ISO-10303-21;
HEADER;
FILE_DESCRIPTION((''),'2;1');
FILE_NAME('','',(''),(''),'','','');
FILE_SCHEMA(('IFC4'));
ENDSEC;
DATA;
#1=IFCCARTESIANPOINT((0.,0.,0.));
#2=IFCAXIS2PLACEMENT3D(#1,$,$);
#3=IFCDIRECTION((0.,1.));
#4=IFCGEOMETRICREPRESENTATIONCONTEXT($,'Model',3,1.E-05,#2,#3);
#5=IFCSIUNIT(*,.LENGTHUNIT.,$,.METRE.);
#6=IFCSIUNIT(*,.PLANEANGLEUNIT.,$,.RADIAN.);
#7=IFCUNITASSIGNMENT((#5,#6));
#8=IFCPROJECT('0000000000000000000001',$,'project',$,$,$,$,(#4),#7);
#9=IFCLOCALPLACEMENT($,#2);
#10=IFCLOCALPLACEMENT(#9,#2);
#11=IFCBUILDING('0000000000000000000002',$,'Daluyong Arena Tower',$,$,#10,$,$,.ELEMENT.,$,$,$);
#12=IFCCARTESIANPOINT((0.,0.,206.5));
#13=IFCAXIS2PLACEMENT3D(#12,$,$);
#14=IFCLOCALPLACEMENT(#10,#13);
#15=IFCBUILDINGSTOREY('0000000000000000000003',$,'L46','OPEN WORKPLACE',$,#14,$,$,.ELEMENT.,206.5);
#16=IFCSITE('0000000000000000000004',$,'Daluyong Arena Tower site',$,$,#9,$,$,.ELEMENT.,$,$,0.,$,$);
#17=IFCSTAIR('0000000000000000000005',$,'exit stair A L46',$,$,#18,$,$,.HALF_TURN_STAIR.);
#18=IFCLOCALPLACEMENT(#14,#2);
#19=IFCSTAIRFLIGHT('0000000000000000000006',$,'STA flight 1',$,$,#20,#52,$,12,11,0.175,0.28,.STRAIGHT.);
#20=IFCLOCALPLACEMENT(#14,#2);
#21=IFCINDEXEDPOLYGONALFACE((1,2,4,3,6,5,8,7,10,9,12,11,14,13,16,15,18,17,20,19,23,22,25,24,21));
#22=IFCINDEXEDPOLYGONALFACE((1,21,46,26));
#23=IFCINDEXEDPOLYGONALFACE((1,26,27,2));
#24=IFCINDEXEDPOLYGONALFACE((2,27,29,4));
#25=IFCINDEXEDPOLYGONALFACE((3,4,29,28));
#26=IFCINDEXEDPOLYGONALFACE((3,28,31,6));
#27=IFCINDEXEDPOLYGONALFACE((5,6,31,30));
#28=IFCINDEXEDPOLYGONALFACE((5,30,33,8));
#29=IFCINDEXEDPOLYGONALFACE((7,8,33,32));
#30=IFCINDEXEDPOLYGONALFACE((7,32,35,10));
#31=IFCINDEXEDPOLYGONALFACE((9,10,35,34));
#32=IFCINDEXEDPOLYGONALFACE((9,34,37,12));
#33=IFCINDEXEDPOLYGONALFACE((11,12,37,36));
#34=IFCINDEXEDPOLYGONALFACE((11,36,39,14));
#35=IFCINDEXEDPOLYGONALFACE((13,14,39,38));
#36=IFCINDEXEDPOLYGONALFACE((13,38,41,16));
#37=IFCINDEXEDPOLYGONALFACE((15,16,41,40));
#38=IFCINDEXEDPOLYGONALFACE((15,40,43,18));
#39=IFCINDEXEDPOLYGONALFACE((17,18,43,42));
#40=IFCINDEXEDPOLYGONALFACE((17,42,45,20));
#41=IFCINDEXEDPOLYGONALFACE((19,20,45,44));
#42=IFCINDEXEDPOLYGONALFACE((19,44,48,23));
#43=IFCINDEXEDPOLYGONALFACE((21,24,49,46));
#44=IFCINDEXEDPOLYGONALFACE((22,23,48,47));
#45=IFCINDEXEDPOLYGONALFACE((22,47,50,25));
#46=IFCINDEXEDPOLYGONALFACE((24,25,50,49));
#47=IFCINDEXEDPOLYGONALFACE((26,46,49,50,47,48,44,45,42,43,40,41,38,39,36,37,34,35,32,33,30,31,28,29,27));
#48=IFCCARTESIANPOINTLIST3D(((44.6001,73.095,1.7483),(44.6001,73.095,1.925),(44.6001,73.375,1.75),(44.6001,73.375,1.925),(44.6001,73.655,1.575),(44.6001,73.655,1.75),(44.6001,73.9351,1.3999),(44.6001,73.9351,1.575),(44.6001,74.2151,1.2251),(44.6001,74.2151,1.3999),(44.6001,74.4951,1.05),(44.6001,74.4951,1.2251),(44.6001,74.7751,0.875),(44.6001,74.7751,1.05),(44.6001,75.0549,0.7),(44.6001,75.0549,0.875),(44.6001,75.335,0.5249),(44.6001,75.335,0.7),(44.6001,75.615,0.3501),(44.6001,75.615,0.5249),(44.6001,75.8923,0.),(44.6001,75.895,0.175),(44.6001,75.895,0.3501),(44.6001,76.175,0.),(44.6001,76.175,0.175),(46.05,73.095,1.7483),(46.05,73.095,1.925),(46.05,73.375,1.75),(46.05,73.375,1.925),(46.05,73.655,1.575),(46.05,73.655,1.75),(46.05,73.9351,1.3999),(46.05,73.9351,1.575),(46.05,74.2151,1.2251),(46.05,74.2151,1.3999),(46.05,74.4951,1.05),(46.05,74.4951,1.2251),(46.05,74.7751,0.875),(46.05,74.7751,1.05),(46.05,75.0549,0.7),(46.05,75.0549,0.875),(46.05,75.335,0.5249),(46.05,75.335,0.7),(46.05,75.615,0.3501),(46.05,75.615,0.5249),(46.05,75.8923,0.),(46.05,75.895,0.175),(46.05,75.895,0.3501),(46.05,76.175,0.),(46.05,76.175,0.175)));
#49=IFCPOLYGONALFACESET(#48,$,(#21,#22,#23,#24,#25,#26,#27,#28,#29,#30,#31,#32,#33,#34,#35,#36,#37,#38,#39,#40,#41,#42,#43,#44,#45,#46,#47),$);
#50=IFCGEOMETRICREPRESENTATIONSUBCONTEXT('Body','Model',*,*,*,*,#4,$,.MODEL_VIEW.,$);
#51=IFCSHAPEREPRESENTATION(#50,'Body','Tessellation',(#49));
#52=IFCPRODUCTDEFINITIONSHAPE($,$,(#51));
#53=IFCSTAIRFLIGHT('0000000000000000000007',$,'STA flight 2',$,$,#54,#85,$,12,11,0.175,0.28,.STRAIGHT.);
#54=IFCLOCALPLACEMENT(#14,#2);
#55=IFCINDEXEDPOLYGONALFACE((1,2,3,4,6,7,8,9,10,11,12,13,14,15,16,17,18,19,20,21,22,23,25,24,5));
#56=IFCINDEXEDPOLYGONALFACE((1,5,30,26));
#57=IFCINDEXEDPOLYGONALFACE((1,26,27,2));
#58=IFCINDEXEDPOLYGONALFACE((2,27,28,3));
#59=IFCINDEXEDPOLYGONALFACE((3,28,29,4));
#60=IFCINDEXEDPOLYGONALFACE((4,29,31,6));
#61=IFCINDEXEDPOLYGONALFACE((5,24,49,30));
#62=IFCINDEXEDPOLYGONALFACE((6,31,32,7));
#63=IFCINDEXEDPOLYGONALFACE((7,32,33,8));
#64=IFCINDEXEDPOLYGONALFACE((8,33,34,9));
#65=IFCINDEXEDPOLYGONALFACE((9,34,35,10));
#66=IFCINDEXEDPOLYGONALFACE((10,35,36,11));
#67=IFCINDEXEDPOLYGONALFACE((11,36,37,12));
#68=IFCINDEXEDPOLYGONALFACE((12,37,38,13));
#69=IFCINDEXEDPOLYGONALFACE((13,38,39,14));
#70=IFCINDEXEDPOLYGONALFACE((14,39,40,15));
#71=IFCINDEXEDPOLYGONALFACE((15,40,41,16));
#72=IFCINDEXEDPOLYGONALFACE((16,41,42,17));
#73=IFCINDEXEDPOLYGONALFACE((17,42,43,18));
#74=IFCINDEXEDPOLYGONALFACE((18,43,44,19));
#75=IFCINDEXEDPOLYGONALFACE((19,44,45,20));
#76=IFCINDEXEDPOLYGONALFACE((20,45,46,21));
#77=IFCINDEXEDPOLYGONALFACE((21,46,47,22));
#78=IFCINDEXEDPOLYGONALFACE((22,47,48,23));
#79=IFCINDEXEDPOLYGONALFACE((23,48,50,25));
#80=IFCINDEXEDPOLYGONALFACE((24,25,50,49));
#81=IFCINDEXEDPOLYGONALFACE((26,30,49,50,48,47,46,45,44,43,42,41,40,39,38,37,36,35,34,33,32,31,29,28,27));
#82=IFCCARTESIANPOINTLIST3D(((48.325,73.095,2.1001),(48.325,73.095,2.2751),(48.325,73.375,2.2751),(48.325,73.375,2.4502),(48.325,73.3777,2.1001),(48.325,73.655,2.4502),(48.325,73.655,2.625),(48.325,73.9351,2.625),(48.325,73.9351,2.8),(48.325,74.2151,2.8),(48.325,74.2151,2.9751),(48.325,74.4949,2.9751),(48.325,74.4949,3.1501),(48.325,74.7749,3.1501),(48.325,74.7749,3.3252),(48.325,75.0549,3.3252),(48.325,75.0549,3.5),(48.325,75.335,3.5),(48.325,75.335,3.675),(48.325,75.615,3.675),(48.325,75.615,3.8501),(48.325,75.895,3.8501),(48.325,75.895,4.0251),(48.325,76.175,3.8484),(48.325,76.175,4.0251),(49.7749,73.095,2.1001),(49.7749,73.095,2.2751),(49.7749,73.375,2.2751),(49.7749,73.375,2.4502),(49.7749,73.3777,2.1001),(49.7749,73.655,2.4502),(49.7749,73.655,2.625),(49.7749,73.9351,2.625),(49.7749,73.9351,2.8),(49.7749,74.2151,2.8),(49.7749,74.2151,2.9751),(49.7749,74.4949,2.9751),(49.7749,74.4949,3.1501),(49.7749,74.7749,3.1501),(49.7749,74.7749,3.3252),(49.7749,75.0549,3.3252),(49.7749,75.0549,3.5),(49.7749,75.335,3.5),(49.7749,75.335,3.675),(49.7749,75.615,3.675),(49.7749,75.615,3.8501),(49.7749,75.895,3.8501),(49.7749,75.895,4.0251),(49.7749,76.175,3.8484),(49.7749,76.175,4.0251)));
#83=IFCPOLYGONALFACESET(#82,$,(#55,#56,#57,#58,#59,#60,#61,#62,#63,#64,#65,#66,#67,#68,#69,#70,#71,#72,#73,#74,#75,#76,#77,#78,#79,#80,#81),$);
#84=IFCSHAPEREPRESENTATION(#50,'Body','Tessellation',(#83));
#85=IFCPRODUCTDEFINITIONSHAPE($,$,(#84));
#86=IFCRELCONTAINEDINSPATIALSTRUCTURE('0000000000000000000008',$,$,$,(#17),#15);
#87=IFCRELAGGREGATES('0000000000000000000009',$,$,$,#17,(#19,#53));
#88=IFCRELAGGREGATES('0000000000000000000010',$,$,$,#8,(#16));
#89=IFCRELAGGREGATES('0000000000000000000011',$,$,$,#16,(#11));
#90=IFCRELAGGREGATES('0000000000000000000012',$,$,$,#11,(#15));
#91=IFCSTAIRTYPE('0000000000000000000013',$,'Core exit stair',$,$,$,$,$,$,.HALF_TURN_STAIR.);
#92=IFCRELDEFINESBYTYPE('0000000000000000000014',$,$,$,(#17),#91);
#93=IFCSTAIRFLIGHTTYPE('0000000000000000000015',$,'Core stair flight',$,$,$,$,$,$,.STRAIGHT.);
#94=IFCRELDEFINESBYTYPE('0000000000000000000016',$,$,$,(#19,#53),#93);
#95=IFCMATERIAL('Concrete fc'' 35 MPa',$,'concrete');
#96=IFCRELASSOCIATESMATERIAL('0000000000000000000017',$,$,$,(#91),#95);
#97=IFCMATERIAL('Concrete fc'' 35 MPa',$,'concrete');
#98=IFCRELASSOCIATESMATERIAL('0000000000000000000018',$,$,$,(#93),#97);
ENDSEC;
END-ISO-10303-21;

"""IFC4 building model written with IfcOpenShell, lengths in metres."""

from ifc_helpers import new_model, si_unit, direction, frame, origin, place, context, subcontext, project, spatial, polyline, outline, extrude, material, type_object, element, aggregate, save


model = new_model("IFC4")

# Units and contexts
model_context = context("Model", 3, precision=1e-05, world=origin(), true_north=direction((0.0, 1.0)))
body_context = subcontext(model_context, "Body", "Model", "MODEL_VIEW")
ifc_project = project(units=[si_unit("LENGTHUNIT", "METRE"), si_unit("PLANEANGLEUNIT", "RADIAN")], contexts=[model_context])

# Site, building, storey
site_placement = place(None, origin())
site = spatial("IfcSite", under=ifc_project, at=site_placement, Name="Daluyong Arena Tower site", CompositionType="ELEMENT", RefElevation=0.0)
building_placement = place(site_placement, origin())
building = spatial("IfcBuilding", under=site, at=building_placement, Name="Daluyong Arena Tower", CompositionType="ELEMENT")
storey_placement = place(building_placement, frame((0.0, 0.0, 206.5)))
storey = spatial("IfcBuildingStorey", under=building, at=storey_placement, Name="L46", Description="OPEN WORKPLACE", CompositionType="ELEMENT", Elevation=206.5)

# Stair, stair flights
ifc_material_1 = material(Name="Concrete fc' 35 MPa", Category="concrete")
stair_type = type_object("IfcStairType", Name="Core exit stair", PredefinedType="HALF_TURN_STAIR", material=ifc_material_1)
stair_placement = place(storey_placement, origin())
stair = element("IfcStair", 1, at=stair_placement, inside=storey, type_object=stair_type, Name="exit stair A L46", PredefinedType="HALF_TURN_STAIR")
ifc_material_2 = material(Name="Concrete fc' 35 MPa", Category="concrete")
stair_flight_type = type_object("IfcStairFlightType", Name="Core stair flight", PredefinedType="STRAIGHT", material=ifc_material_2)
stair_flight_1_placement = place(storey_placement, frame((45.325, 76.175, 0.0), z_axis=(0.0, 0.0, 1.0), x_axis=(0.0, -1.0, 0.0)))
stair_flight_1 = element("IfcStairFlight", 2, at=stair_flight_1_placement, type_object=stair_flight_type, Name="STA flight 1", NumberOfRisers=12, NumberOfTreads=11, PredefinedType="STRAIGHT", RiserHeight=0.175, TreadLength=0.28, context=body_context, shape_type="SweptSolid", body=[
    extrude(outline(polyline([(0.0, 0.0), (0.0, 0.175), (0.28, 0.175), (0.28, 0.3501), (0.5601, 0.3501), (0.5601, 0.5249), (0.8401, 0.5249), (0.8401, 0.7), (1.1201, 0.7), (1.1201, 0.875), (1.3999, 0.875), (1.3999, 1.05), (1.6799, 1.05), (1.6799, 1.2251), (1.96, 1.2251), (1.96, 1.3999), (2.24, 1.3999), (2.24, 1.575), (2.52, 1.575), (2.52, 1.75), (2.8, 1.75), (2.8, 1.925), (3.0801, 1.925), (3.0801, 2.1001), (3.0801, 1.7483), (0.2827, 0.0), (0.0, 0.0)])), frame((0.0, 0.7251, 0.0), z_axis=(0.0, -1.0, 0.0), x_axis=(1.0, 0.0, 0.0)), (0.0, 0.0, 1.0), 1.45),
])
stair_flight_2_placement = place(storey_placement, frame((49.05, 73.095, 2.1001), z_axis=(0.0, 0.0, 1.0), x_axis=(0.0, 1.0, 0.0)))
stair_flight_2 = element("IfcStairFlight", 3, at=stair_flight_2_placement, type_object=stair_flight_type, Name="STA flight 2", NumberOfRisers=12, NumberOfTreads=11, PredefinedType="STRAIGHT", RiserHeight=0.175, TreadLength=0.28, context=body_context, shape_type="SweptSolid", body=[
    extrude(outline(polyline([(0.0, 0.0), (0.0, 0.175), (0.28, 0.175), (0.28, 0.3501), (0.5601, 0.3501), (0.5601, 0.5249), (0.8401, 0.5249), (0.8401, 0.7), (1.1201, 0.7), (1.1201, 0.875), (1.3999, 0.875), (1.3999, 1.05), (1.6799, 1.05), (1.6799, 1.2251), (1.96, 1.2251), (1.96, 1.3999), (2.24, 1.3999), (2.24, 1.575), (2.52, 1.575), (2.52, 1.75), (2.8, 1.75), (2.8, 1.925), (3.0801, 1.925), (3.0801, 2.1001), (3.0801, 1.7483), (0.2827, 0.0), (0.0, 0.0)])), frame((0.0, 0.7251, 0.0), z_axis=(0.0, -1.0, 0.0), x_axis=(1.0, 0.0, 0.0)), (0.0, 0.0, 1.0), 1.45),
])
aggregate(stair, [stair_flight_1, stair_flight_2])

save(model, "model.ifc")
